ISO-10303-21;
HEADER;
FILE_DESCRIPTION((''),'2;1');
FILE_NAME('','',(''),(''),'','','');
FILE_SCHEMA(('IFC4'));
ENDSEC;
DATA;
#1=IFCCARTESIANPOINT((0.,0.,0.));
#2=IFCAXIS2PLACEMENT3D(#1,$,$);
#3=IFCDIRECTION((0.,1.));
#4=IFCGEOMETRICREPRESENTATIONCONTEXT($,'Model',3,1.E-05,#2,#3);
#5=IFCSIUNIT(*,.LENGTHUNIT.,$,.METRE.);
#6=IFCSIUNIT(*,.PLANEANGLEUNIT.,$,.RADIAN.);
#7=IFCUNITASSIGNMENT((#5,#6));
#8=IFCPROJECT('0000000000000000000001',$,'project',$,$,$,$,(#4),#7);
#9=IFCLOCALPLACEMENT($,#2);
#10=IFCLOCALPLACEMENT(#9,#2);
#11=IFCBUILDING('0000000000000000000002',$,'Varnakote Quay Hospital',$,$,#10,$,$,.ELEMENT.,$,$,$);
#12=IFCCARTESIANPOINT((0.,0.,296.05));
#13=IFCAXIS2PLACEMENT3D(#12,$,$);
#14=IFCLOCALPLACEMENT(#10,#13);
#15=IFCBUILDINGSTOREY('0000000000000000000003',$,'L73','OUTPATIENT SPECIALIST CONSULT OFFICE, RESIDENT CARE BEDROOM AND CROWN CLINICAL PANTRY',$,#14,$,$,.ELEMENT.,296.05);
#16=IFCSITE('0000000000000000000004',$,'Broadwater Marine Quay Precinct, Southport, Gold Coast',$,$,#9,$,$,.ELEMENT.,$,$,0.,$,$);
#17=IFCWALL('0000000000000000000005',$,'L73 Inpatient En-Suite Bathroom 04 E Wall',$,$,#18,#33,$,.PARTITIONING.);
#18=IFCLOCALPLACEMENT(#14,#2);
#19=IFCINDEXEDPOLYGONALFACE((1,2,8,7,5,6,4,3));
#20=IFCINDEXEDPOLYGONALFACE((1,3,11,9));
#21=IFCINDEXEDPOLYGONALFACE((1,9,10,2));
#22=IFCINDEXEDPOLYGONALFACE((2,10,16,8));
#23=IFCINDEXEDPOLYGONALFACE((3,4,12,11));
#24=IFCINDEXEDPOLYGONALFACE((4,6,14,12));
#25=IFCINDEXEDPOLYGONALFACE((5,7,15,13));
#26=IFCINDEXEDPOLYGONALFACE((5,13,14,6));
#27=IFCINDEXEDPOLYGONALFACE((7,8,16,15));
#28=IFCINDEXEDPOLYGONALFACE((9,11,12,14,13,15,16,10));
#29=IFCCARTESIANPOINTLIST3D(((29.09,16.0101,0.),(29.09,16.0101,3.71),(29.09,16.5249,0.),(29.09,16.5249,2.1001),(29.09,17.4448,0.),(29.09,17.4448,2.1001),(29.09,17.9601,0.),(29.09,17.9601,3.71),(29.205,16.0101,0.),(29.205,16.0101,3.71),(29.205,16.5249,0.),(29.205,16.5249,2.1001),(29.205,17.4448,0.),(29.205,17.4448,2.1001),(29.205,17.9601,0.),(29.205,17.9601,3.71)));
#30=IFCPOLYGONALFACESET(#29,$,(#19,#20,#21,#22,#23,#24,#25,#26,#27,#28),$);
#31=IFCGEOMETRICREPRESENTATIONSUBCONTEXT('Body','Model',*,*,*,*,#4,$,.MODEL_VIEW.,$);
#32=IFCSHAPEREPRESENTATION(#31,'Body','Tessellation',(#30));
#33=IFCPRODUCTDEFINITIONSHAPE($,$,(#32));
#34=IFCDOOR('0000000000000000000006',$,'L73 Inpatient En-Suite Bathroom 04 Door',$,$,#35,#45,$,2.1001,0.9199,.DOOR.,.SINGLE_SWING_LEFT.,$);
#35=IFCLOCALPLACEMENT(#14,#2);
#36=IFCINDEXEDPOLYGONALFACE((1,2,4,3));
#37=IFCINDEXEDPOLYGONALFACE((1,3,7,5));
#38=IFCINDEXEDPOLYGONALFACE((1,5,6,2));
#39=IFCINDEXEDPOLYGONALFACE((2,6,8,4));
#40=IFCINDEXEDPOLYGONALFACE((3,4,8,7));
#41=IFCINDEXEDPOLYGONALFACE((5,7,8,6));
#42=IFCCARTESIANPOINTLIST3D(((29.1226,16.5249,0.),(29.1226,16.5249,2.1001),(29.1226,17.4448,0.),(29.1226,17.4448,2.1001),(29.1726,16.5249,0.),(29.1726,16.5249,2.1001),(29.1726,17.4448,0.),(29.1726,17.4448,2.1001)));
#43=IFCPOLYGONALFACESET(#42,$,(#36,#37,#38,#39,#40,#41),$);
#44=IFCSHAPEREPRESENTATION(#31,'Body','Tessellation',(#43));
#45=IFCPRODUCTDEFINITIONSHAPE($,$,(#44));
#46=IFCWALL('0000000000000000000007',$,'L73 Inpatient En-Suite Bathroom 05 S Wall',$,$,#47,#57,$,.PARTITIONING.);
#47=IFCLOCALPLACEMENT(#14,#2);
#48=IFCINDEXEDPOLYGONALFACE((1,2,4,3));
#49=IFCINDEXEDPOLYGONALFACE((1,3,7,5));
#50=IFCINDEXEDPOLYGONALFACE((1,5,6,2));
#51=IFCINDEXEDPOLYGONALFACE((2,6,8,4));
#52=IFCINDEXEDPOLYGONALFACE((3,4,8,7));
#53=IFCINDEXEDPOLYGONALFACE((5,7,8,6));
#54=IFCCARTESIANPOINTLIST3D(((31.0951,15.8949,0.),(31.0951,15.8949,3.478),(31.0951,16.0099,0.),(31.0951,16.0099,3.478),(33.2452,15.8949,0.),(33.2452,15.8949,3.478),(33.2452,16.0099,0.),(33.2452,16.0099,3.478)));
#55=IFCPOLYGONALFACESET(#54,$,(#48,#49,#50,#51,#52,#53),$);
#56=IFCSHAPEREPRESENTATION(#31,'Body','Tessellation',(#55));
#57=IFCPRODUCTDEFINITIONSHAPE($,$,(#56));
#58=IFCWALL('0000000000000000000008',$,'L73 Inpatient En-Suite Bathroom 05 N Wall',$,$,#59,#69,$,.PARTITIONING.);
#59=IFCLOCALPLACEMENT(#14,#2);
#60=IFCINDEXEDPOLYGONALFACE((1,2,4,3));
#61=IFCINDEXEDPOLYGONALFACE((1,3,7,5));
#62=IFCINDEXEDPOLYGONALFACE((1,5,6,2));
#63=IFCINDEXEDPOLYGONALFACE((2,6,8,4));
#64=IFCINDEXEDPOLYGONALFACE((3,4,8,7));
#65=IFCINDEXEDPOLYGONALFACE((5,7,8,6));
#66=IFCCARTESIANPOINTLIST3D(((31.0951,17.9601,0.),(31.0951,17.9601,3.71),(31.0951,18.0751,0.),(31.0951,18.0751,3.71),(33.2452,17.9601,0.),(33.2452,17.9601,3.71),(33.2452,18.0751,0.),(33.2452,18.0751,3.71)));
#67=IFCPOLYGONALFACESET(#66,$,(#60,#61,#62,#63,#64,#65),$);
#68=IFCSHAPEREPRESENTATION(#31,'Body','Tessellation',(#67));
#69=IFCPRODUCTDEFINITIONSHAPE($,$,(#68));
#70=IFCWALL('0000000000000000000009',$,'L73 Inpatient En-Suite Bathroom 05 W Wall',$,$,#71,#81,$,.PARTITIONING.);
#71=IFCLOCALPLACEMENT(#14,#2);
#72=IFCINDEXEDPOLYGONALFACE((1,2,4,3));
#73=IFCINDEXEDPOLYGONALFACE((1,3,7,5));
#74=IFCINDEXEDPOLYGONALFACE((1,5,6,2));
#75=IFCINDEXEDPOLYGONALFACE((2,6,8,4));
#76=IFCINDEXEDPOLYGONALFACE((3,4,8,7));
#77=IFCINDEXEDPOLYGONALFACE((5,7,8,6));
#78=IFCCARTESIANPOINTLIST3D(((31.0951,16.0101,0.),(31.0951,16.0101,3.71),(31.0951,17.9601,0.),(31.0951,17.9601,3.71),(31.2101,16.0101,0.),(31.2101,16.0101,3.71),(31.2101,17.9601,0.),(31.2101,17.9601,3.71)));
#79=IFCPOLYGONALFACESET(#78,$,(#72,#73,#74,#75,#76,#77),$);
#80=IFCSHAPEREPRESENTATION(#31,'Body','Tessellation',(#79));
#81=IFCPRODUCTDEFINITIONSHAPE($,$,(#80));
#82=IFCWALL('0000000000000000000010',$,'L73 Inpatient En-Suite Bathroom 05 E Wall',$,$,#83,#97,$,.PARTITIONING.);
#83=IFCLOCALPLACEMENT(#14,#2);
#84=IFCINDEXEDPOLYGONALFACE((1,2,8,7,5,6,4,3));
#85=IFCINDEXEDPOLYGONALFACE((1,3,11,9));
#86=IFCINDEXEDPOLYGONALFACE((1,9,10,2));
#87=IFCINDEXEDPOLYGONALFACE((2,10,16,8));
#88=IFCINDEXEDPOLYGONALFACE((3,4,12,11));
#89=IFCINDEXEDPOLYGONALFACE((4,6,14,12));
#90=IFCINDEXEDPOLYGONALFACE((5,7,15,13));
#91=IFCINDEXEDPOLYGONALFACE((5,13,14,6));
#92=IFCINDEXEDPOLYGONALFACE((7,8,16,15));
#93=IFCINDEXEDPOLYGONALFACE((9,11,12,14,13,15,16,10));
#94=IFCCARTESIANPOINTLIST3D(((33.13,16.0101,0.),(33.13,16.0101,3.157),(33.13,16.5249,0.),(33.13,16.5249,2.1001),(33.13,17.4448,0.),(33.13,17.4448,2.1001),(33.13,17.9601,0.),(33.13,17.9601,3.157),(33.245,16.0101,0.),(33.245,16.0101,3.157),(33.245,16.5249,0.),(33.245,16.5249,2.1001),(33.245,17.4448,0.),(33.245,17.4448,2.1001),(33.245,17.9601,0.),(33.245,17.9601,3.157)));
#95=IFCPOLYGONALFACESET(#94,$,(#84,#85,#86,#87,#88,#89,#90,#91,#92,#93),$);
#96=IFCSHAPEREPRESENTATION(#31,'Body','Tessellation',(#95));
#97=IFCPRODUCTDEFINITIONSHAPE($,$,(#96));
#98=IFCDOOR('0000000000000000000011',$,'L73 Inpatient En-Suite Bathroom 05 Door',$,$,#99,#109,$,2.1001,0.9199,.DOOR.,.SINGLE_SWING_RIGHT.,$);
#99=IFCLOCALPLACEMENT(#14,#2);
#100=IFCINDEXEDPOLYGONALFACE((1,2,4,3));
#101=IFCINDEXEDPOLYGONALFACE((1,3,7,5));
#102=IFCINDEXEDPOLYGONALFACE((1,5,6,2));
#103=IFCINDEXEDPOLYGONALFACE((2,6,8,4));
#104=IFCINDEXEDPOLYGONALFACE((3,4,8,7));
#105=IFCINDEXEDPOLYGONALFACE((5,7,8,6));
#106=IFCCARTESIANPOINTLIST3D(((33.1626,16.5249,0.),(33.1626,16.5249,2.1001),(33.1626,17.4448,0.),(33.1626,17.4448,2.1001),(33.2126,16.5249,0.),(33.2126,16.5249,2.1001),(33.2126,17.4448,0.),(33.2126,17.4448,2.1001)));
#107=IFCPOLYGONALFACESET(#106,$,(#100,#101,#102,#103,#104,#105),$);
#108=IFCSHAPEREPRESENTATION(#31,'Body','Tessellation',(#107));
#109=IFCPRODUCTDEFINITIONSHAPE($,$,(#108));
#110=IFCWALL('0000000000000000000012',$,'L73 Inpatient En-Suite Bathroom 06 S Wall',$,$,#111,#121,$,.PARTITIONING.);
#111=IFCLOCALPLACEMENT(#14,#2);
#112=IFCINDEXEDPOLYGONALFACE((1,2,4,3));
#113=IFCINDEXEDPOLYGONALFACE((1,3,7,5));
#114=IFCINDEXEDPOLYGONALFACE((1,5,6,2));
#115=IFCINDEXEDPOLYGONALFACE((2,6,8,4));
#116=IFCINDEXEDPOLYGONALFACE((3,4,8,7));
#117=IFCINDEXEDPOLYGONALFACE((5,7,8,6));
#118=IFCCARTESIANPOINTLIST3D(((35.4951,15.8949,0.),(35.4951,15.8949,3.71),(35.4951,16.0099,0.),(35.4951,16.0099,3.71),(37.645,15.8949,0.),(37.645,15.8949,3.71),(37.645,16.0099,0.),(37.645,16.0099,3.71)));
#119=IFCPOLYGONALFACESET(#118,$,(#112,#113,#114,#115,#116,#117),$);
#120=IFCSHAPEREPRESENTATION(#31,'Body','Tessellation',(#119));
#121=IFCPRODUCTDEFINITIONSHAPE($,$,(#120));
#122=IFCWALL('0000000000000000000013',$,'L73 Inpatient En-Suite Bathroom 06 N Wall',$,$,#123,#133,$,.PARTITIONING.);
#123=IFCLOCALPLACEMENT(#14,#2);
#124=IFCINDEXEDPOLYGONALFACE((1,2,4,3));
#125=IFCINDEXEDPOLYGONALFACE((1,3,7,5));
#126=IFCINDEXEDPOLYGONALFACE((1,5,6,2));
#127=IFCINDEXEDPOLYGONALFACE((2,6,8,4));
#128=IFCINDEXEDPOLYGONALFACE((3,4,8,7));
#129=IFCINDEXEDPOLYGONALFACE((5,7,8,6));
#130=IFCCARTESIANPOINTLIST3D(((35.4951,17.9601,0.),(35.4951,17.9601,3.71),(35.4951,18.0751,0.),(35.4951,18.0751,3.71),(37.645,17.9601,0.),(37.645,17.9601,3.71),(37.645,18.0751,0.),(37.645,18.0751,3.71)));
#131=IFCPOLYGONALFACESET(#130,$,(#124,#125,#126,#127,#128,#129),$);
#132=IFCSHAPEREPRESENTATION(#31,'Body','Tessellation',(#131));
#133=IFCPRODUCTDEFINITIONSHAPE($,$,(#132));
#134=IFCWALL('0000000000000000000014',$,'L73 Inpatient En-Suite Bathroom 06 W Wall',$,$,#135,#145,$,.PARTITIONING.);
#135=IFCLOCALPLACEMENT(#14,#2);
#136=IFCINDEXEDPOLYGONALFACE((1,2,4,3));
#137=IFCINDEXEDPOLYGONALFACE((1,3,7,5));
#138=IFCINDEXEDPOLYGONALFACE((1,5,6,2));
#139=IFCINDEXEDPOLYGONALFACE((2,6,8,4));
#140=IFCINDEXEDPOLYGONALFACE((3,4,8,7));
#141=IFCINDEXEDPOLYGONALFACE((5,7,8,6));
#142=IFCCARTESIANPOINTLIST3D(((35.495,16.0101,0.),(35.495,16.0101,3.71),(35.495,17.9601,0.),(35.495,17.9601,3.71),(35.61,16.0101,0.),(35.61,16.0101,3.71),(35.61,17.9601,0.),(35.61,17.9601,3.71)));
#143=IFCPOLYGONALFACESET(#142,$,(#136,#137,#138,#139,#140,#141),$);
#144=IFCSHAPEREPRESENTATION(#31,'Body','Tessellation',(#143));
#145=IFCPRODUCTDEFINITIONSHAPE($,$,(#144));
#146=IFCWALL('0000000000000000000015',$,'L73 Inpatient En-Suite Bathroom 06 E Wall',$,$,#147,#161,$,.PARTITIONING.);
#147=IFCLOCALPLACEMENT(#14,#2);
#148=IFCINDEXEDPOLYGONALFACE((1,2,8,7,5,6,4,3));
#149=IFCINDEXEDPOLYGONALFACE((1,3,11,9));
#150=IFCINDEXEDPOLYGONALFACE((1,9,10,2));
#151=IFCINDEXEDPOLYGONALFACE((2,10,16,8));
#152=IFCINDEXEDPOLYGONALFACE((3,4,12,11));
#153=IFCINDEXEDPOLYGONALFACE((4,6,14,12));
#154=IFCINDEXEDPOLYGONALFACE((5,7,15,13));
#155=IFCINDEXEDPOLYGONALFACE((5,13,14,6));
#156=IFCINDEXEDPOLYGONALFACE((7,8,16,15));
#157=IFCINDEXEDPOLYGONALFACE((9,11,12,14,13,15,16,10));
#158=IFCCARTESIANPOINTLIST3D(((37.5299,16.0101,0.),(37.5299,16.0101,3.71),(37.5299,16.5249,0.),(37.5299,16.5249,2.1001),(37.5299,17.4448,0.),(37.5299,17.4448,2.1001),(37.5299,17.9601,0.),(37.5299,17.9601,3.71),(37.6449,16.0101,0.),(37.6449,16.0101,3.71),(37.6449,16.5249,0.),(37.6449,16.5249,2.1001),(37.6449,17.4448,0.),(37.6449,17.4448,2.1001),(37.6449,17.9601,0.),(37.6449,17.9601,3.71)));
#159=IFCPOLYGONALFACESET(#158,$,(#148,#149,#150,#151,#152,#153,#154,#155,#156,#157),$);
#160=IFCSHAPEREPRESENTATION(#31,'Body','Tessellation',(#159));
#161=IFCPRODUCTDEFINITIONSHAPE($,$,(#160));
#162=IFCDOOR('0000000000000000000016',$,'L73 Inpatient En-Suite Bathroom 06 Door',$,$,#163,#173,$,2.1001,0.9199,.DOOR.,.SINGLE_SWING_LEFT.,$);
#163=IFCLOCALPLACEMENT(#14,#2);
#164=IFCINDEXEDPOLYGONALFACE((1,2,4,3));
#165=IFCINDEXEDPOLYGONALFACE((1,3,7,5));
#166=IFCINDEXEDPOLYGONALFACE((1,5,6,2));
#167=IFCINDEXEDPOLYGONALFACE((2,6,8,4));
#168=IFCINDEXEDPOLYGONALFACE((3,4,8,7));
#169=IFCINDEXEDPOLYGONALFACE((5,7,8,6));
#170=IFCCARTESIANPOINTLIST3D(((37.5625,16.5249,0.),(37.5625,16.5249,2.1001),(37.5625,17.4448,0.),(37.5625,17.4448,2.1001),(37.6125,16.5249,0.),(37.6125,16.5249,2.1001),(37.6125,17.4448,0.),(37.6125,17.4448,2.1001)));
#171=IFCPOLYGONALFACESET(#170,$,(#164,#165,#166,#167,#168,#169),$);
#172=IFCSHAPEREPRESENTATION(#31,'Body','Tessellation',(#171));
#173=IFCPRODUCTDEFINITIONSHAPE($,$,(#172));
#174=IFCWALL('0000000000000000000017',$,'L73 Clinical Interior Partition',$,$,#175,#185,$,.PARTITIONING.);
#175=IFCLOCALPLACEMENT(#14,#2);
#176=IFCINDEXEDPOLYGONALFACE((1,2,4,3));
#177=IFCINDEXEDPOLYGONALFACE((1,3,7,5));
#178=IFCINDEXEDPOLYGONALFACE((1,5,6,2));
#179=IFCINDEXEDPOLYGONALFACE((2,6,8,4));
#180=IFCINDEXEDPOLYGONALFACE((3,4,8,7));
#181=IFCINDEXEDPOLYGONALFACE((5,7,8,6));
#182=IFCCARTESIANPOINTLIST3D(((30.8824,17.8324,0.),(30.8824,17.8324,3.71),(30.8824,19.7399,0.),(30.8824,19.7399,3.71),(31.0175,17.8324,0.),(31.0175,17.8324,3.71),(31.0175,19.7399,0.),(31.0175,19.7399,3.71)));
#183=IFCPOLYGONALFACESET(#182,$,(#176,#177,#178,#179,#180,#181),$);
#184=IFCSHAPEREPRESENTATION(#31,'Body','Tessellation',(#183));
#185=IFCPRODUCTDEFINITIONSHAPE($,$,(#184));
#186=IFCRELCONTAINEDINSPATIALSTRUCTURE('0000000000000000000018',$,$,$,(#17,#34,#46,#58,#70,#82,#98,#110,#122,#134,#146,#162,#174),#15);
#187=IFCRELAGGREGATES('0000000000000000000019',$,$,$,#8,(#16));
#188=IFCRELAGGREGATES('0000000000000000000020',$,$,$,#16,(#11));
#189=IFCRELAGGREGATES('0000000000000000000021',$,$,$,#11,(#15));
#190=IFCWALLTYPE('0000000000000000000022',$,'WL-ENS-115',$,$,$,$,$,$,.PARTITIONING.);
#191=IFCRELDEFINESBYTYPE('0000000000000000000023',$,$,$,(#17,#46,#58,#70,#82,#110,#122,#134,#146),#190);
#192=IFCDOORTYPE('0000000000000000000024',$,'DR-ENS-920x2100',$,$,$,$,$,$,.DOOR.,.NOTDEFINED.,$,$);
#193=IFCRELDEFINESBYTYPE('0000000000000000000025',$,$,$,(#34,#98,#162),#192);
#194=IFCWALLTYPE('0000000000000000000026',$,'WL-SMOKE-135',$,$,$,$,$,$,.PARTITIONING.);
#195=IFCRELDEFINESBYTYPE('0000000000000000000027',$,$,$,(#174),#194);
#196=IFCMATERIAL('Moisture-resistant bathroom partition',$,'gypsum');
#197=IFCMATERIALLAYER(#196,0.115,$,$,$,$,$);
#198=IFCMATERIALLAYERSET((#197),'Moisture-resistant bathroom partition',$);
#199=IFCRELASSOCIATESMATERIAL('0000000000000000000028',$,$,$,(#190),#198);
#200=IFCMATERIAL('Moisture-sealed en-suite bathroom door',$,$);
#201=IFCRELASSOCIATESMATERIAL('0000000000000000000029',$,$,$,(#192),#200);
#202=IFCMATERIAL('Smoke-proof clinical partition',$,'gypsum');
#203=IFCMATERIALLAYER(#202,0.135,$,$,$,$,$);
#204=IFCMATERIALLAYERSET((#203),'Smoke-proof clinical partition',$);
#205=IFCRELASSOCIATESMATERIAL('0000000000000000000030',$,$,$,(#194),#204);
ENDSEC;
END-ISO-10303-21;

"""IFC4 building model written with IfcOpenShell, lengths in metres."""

from ifc_helpers import new_model, si_unit, direction, frame, frame_2d, origin, place, context, subcontext, project, spatial, rectangle, extrude, material, layer, layer_set, type_object, element, fill, save


model = new_model("IFC4")

# Units and contexts
model_context = context("Model", 3, precision=1e-05, world=origin(), true_north=direction((0.0, 1.0)))
body_context = subcontext(model_context, "Body", "Model", "MODEL_VIEW")
ifc_project = project(units=[si_unit("LENGTHUNIT", "METRE"), si_unit("PLANEANGLEUNIT", "RADIAN")], contexts=[model_context])

# Site, building, storey
site_placement = place(None, origin())
site = spatial("IfcSite", under=ifc_project, at=site_placement, Name="Broadwater Marine Quay Precinct, Southport, Gold Coast", CompositionType="ELEMENT", RefElevation=0.0)
building_placement = place(site_placement, origin())
building = spatial("IfcBuilding", under=site, at=building_placement, Name="Varnakote Quay Hospital", CompositionType="ELEMENT")
storey_placement = place(building_placement, frame((0.0, 0.0, 296.05)))
storey = spatial("IfcBuildingStorey", under=building, at=storey_placement, Name="L73", Description="OUTPATIENT SPECIALIST CONSULT OFFICE, RESIDENT CARE BEDROOM AND CROWN CLINICAL PANTRY", CompositionType="ELEMENT", Elevation=296.05)

# Wall, opening, door
ifc_material_1 = material(Name="Moisture-resistant bathroom partition", Category="gypsum")
ifc_layer_1 = layer(ifc_material_1, 0.115)
ifc_layer_set_1 = layer_set([ifc_layer_1], Name="Moisture-resistant bathroom partition")
wall_type_1 = type_object("IfcWallType", Name="WL-ENS-115", PredefinedType="PARTITIONING", material=ifc_layer_set_1)
wall_1_placement = place(storey_placement, frame((29.1475, 16.01, 0.0), z_axis=(0.0, 0.0, 1.0), x_axis=(0.0, 1.0, 0.0)))
wall_1 = element("IfcWall", 1, at=wall_1_placement, inside=storey, type_object=wall_type_1, Name="L73 Inpatient En-Suite Bathroom 04 E Wall", PredefinedType="PARTITIONING", context=body_context, shape_type="SweptSolid", body=[
    extrude(rectangle(XDim=1.95, YDim=0.115, at=frame_2d((0.9751, 0.0))), origin(), (0.0, 0.0, 1.0), 3.71),
])
opening_1_placement = place(wall_1_placement, frame((0.5149, 0.0, 0.0)))
opening_1 = element("IfcOpeningElement", 2, at=opening_1_placement, cuts=wall_1, PredefinedType="OPENING", context=body_context, shape_type="SweptSolid", body=[
    extrude(rectangle(XDim=0.9199, YDim=2.1001, at=frame_2d((0.46, 1.05))), frame((0.0, 0.0674, 0.0), z_axis=(0.0, -1.0, 0.0), x_axis=(1.0, 0.0, 0.0)), (0.0, 0.0, 1.0), 0.135),
])
ifc_material_2 = material(Name="Moisture-sealed en-suite bathroom door")
door_type_1 = type_object("IfcDoorType", Name="DR-ENS-920x2100", OperationType="NOTDEFINED", PredefinedType="DOOR", material=ifc_material_2)
door_1_placement = place(opening_1_placement, origin())
door_1 = element("IfcDoor", 3, at=door_1_placement, inside=storey, type_object=door_type_1, Name="L73 Inpatient En-Suite Bathroom 04 Door", OperationType="SINGLE_SWING_LEFT", OverallHeight=2.1001, OverallWidth=0.9199, PredefinedType="DOOR", context=body_context, shape_type="SweptSolid", body=[
    extrude(rectangle(XDim=0.9199, YDim=2.1001, at=frame_2d((0.46, 1.05))), frame((0.0, 0.0249, 0.0), z_axis=(0.0, -1.0, 0.0), x_axis=(1.0, 0.0, 0.0)), (0.0, 0.0, 1.0), 0.05),
])
fill(opening_1, door_1)

# Walls
wall_2_placement = place(storey_placement, frame((31.095, 15.9524, 0.0), z_axis=(0.0, 0.0, 1.0), x_axis=(1.0, 0.0, 0.0)))
element("IfcWall", 4, at=wall_2_placement, inside=storey, type_object=wall_type_1, Name="L73 Inpatient En-Suite Bathroom 05 S Wall", PredefinedType="PARTITIONING", context=body_context, shape_type="SweptSolid", body=[
    extrude(rectangle(XDim=2.1501, YDim=0.115, at=frame_2d((1.0752, 0.0))), origin(), (0.0, 0.0, 1.0), 3.478),
])
wall_3_placement = place(storey_placement, frame((31.095, 18.0176, 0.0), z_axis=(0.0, 0.0, 1.0), x_axis=(1.0, 0.0, 0.0)))
element("IfcWall", 5, at=wall_3_placement, inside=storey, type_object=wall_type_1, Name="L73 Inpatient En-Suite Bathroom 05 N Wall", PredefinedType="PARTITIONING", context=body_context, shape_type="SweptSolid", body=[
    extrude(rectangle(XDim=2.1501, YDim=0.115, at=frame_2d((1.0752, 0.0))), origin(), (0.0, 0.0, 1.0), 3.71),
])
wall_4_placement = place(storey_placement, frame((31.1526, 16.01, 0.0), z_axis=(0.0, 0.0, 1.0), x_axis=(0.0, 1.0, 0.0)))
element("IfcWall", 6, at=wall_4_placement, inside=storey, type_object=wall_type_1, Name="L73 Inpatient En-Suite Bathroom 05 W Wall", PredefinedType="PARTITIONING", context=body_context, shape_type="SweptSolid", body=[
    extrude(rectangle(XDim=1.95, YDim=0.115, at=frame_2d((0.9751, 0.0))), origin(), (0.0, 0.0, 1.0), 3.71),
])

# Wall, opening, door
wall_5_placement = place(storey_placement, frame((33.1875, 16.01, 0.0), z_axis=(0.0, 0.0, 1.0), x_axis=(0.0, 1.0, 0.0)))
wall_5 = element("IfcWall", 7, at=wall_5_placement, inside=storey, type_object=wall_type_1, Name="L73 Inpatient En-Suite Bathroom 05 E Wall", PredefinedType="PARTITIONING", context=body_context, shape_type="SweptSolid", body=[
    extrude(rectangle(XDim=1.95, YDim=0.115, at=frame_2d((0.9751, 0.0))), origin(), (0.0, 0.0, 1.0), 3.157),
])
opening_2_placement = place(wall_5_placement, frame((0.5149, 0.0, 0.0)))
opening_2 = element("IfcOpeningElement", 8, at=opening_2_placement, cuts=wall_5, PredefinedType="OPENING", context=body_context, shape_type="SweptSolid", body=[
    extrude(rectangle(XDim=0.9199, YDim=2.1001, at=frame_2d((0.46, 1.05))), frame((0.0, 0.0674, 0.0), z_axis=(0.0, -1.0, 0.0), x_axis=(1.0, 0.0, 0.0)), (0.0, 0.0, 1.0), 0.135),
])
door_2_placement = place(opening_2_placement, origin())
door_2 = element("IfcDoor", 9, at=door_2_placement, inside=storey, type_object=door_type_1, Name="L73 Inpatient En-Suite Bathroom 05 Door", OperationType="SINGLE_SWING_RIGHT", OverallHeight=2.1001, OverallWidth=0.9199, PredefinedType="DOOR", context=body_context, shape_type="SweptSolid", body=[
    extrude(rectangle(XDim=0.9199, YDim=2.1001, at=frame_2d((0.46, 1.05))), frame((0.0, 0.0249, 0.0), z_axis=(0.0, -1.0, 0.0), x_axis=(1.0, 0.0, 0.0)), (0.0, 0.0, 1.0), 0.05),
])
fill(opening_2, door_2)

# Walls
for number, where, z_axis, x_axis, name in (
    (10, (35.4951, 15.9524, 0.0), (0.0, 0.0, 1.0), (1.0, 0.0, 0.0), "L73 Inpatient En-Suite Bathroom 06 S Wall"),
    (11, (35.4951, 18.0176, 0.0), (0.0, 0.0, 1.0), (1.0, 0.0, 0.0), "L73 Inpatient En-Suite Bathroom 06 N Wall"),
):
    element("IfcWall", number, at=place(storey_placement, frame(where, z_axis=z_axis, x_axis=x_axis)), inside=storey, type_object=wall_type_1, Name=name, PredefinedType="PARTITIONING", context=body_context, shape_type="SweptSolid", body=[
        extrude(rectangle(XDim=2.1499, YDim=0.115, at=frame_2d((1.075, 0.0))), origin(), (0.0, 0.0, 1.0), 3.71),
    ])
wall_6_placement = place(storey_placement, frame((35.5525, 16.01, 0.0), z_axis=(0.0, 0.0, 1.0), x_axis=(0.0, 1.0, 0.0)))
element("IfcWall", 12, at=wall_6_placement, inside=storey, type_object=wall_type_1, Name="L73 Inpatient En-Suite Bathroom 06 W Wall", PredefinedType="PARTITIONING", context=body_context, shape_type="SweptSolid", body=[
    extrude(rectangle(XDim=1.95, YDim=0.115, at=frame_2d((0.9751, 0.0))), origin(), (0.0, 0.0, 1.0), 3.71),
])

# Wall, opening, door
wall_7_placement = place(storey_placement, frame((37.5874, 16.01, 0.0), z_axis=(0.0, 0.0, 1.0), x_axis=(0.0, 1.0, 0.0)))
wall_7 = element("IfcWall", 13, at=wall_7_placement, inside=storey, type_object=wall_type_1, Name="L73 Inpatient En-Suite Bathroom 06 E Wall", PredefinedType="PARTITIONING", context=body_context, shape_type="SweptSolid", body=[
    extrude(rectangle(XDim=1.95, YDim=0.115, at=frame_2d((0.9751, 0.0))), origin(), (0.0, 0.0, 1.0), 3.71),
])
opening_3_placement = place(wall_7_placement, frame((0.5149, 0.0, 0.0)))
opening_3 = element("IfcOpeningElement", 14, at=opening_3_placement, cuts=wall_7, PredefinedType="OPENING", context=body_context, shape_type="SweptSolid", body=[
    extrude(rectangle(XDim=0.9199, YDim=2.1001, at=frame_2d((0.46, 1.05))), frame((0.0, 0.0674, 0.0), z_axis=(0.0, -1.0, 0.0), x_axis=(1.0, 0.0, 0.0)), (0.0, 0.0, 1.0), 0.135),
])
door_3_placement = place(opening_3_placement, origin())
door_3 = element("IfcDoor", 15, at=door_3_placement, inside=storey, type_object=door_type_1, Name="L73 Inpatient En-Suite Bathroom 06 Door", OperationType="SINGLE_SWING_LEFT", OverallHeight=2.1001, OverallWidth=0.9199, PredefinedType="DOOR", context=body_context, shape_type="SweptSolid", body=[
    extrude(rectangle(XDim=0.9199, YDim=2.1001, at=frame_2d((0.46, 1.05))), frame((0.0, 0.0249, 0.0), z_axis=(0.0, -1.0, 0.0), x_axis=(1.0, 0.0, 0.0)), (0.0, 0.0, 1.0), 0.05),
])
fill(opening_3, door_3)

# Wall
ifc_material_3 = material(Name="Smoke-proof clinical partition", Category="gypsum")
ifc_layer_2 = layer(ifc_material_3, 0.135)
ifc_layer_set_2 = layer_set([ifc_layer_2], Name="Smoke-proof clinical partition")
wall_type_2 = type_object("IfcWallType", Name="WL-SMOKE-135", PredefinedType="PARTITIONING", material=ifc_layer_set_2)
for number, where, z_axis, x_axis, name in (
    (16, (30.95, 17.8325, 0.0), (0.0, 0.0, 1.0), (0.0, 1.0, 0.0), "L73 Clinical Interior Partition"),
):
    element("IfcWall", number, at=place(storey_placement, frame(where, z_axis=z_axis, x_axis=x_axis)), inside=storey, type_object=wall_type_2, Name=name, PredefinedType="PARTITIONING", context=body_context, shape_type="SweptSolid", body=[
        extrude(rectangle(XDim=1.9075, YDim=0.135, at=frame_2d((0.9536, 0.0))), origin(), (0.0, 0.0, 1.0), 3.71),
    ])

save(model, "model.ifc")
